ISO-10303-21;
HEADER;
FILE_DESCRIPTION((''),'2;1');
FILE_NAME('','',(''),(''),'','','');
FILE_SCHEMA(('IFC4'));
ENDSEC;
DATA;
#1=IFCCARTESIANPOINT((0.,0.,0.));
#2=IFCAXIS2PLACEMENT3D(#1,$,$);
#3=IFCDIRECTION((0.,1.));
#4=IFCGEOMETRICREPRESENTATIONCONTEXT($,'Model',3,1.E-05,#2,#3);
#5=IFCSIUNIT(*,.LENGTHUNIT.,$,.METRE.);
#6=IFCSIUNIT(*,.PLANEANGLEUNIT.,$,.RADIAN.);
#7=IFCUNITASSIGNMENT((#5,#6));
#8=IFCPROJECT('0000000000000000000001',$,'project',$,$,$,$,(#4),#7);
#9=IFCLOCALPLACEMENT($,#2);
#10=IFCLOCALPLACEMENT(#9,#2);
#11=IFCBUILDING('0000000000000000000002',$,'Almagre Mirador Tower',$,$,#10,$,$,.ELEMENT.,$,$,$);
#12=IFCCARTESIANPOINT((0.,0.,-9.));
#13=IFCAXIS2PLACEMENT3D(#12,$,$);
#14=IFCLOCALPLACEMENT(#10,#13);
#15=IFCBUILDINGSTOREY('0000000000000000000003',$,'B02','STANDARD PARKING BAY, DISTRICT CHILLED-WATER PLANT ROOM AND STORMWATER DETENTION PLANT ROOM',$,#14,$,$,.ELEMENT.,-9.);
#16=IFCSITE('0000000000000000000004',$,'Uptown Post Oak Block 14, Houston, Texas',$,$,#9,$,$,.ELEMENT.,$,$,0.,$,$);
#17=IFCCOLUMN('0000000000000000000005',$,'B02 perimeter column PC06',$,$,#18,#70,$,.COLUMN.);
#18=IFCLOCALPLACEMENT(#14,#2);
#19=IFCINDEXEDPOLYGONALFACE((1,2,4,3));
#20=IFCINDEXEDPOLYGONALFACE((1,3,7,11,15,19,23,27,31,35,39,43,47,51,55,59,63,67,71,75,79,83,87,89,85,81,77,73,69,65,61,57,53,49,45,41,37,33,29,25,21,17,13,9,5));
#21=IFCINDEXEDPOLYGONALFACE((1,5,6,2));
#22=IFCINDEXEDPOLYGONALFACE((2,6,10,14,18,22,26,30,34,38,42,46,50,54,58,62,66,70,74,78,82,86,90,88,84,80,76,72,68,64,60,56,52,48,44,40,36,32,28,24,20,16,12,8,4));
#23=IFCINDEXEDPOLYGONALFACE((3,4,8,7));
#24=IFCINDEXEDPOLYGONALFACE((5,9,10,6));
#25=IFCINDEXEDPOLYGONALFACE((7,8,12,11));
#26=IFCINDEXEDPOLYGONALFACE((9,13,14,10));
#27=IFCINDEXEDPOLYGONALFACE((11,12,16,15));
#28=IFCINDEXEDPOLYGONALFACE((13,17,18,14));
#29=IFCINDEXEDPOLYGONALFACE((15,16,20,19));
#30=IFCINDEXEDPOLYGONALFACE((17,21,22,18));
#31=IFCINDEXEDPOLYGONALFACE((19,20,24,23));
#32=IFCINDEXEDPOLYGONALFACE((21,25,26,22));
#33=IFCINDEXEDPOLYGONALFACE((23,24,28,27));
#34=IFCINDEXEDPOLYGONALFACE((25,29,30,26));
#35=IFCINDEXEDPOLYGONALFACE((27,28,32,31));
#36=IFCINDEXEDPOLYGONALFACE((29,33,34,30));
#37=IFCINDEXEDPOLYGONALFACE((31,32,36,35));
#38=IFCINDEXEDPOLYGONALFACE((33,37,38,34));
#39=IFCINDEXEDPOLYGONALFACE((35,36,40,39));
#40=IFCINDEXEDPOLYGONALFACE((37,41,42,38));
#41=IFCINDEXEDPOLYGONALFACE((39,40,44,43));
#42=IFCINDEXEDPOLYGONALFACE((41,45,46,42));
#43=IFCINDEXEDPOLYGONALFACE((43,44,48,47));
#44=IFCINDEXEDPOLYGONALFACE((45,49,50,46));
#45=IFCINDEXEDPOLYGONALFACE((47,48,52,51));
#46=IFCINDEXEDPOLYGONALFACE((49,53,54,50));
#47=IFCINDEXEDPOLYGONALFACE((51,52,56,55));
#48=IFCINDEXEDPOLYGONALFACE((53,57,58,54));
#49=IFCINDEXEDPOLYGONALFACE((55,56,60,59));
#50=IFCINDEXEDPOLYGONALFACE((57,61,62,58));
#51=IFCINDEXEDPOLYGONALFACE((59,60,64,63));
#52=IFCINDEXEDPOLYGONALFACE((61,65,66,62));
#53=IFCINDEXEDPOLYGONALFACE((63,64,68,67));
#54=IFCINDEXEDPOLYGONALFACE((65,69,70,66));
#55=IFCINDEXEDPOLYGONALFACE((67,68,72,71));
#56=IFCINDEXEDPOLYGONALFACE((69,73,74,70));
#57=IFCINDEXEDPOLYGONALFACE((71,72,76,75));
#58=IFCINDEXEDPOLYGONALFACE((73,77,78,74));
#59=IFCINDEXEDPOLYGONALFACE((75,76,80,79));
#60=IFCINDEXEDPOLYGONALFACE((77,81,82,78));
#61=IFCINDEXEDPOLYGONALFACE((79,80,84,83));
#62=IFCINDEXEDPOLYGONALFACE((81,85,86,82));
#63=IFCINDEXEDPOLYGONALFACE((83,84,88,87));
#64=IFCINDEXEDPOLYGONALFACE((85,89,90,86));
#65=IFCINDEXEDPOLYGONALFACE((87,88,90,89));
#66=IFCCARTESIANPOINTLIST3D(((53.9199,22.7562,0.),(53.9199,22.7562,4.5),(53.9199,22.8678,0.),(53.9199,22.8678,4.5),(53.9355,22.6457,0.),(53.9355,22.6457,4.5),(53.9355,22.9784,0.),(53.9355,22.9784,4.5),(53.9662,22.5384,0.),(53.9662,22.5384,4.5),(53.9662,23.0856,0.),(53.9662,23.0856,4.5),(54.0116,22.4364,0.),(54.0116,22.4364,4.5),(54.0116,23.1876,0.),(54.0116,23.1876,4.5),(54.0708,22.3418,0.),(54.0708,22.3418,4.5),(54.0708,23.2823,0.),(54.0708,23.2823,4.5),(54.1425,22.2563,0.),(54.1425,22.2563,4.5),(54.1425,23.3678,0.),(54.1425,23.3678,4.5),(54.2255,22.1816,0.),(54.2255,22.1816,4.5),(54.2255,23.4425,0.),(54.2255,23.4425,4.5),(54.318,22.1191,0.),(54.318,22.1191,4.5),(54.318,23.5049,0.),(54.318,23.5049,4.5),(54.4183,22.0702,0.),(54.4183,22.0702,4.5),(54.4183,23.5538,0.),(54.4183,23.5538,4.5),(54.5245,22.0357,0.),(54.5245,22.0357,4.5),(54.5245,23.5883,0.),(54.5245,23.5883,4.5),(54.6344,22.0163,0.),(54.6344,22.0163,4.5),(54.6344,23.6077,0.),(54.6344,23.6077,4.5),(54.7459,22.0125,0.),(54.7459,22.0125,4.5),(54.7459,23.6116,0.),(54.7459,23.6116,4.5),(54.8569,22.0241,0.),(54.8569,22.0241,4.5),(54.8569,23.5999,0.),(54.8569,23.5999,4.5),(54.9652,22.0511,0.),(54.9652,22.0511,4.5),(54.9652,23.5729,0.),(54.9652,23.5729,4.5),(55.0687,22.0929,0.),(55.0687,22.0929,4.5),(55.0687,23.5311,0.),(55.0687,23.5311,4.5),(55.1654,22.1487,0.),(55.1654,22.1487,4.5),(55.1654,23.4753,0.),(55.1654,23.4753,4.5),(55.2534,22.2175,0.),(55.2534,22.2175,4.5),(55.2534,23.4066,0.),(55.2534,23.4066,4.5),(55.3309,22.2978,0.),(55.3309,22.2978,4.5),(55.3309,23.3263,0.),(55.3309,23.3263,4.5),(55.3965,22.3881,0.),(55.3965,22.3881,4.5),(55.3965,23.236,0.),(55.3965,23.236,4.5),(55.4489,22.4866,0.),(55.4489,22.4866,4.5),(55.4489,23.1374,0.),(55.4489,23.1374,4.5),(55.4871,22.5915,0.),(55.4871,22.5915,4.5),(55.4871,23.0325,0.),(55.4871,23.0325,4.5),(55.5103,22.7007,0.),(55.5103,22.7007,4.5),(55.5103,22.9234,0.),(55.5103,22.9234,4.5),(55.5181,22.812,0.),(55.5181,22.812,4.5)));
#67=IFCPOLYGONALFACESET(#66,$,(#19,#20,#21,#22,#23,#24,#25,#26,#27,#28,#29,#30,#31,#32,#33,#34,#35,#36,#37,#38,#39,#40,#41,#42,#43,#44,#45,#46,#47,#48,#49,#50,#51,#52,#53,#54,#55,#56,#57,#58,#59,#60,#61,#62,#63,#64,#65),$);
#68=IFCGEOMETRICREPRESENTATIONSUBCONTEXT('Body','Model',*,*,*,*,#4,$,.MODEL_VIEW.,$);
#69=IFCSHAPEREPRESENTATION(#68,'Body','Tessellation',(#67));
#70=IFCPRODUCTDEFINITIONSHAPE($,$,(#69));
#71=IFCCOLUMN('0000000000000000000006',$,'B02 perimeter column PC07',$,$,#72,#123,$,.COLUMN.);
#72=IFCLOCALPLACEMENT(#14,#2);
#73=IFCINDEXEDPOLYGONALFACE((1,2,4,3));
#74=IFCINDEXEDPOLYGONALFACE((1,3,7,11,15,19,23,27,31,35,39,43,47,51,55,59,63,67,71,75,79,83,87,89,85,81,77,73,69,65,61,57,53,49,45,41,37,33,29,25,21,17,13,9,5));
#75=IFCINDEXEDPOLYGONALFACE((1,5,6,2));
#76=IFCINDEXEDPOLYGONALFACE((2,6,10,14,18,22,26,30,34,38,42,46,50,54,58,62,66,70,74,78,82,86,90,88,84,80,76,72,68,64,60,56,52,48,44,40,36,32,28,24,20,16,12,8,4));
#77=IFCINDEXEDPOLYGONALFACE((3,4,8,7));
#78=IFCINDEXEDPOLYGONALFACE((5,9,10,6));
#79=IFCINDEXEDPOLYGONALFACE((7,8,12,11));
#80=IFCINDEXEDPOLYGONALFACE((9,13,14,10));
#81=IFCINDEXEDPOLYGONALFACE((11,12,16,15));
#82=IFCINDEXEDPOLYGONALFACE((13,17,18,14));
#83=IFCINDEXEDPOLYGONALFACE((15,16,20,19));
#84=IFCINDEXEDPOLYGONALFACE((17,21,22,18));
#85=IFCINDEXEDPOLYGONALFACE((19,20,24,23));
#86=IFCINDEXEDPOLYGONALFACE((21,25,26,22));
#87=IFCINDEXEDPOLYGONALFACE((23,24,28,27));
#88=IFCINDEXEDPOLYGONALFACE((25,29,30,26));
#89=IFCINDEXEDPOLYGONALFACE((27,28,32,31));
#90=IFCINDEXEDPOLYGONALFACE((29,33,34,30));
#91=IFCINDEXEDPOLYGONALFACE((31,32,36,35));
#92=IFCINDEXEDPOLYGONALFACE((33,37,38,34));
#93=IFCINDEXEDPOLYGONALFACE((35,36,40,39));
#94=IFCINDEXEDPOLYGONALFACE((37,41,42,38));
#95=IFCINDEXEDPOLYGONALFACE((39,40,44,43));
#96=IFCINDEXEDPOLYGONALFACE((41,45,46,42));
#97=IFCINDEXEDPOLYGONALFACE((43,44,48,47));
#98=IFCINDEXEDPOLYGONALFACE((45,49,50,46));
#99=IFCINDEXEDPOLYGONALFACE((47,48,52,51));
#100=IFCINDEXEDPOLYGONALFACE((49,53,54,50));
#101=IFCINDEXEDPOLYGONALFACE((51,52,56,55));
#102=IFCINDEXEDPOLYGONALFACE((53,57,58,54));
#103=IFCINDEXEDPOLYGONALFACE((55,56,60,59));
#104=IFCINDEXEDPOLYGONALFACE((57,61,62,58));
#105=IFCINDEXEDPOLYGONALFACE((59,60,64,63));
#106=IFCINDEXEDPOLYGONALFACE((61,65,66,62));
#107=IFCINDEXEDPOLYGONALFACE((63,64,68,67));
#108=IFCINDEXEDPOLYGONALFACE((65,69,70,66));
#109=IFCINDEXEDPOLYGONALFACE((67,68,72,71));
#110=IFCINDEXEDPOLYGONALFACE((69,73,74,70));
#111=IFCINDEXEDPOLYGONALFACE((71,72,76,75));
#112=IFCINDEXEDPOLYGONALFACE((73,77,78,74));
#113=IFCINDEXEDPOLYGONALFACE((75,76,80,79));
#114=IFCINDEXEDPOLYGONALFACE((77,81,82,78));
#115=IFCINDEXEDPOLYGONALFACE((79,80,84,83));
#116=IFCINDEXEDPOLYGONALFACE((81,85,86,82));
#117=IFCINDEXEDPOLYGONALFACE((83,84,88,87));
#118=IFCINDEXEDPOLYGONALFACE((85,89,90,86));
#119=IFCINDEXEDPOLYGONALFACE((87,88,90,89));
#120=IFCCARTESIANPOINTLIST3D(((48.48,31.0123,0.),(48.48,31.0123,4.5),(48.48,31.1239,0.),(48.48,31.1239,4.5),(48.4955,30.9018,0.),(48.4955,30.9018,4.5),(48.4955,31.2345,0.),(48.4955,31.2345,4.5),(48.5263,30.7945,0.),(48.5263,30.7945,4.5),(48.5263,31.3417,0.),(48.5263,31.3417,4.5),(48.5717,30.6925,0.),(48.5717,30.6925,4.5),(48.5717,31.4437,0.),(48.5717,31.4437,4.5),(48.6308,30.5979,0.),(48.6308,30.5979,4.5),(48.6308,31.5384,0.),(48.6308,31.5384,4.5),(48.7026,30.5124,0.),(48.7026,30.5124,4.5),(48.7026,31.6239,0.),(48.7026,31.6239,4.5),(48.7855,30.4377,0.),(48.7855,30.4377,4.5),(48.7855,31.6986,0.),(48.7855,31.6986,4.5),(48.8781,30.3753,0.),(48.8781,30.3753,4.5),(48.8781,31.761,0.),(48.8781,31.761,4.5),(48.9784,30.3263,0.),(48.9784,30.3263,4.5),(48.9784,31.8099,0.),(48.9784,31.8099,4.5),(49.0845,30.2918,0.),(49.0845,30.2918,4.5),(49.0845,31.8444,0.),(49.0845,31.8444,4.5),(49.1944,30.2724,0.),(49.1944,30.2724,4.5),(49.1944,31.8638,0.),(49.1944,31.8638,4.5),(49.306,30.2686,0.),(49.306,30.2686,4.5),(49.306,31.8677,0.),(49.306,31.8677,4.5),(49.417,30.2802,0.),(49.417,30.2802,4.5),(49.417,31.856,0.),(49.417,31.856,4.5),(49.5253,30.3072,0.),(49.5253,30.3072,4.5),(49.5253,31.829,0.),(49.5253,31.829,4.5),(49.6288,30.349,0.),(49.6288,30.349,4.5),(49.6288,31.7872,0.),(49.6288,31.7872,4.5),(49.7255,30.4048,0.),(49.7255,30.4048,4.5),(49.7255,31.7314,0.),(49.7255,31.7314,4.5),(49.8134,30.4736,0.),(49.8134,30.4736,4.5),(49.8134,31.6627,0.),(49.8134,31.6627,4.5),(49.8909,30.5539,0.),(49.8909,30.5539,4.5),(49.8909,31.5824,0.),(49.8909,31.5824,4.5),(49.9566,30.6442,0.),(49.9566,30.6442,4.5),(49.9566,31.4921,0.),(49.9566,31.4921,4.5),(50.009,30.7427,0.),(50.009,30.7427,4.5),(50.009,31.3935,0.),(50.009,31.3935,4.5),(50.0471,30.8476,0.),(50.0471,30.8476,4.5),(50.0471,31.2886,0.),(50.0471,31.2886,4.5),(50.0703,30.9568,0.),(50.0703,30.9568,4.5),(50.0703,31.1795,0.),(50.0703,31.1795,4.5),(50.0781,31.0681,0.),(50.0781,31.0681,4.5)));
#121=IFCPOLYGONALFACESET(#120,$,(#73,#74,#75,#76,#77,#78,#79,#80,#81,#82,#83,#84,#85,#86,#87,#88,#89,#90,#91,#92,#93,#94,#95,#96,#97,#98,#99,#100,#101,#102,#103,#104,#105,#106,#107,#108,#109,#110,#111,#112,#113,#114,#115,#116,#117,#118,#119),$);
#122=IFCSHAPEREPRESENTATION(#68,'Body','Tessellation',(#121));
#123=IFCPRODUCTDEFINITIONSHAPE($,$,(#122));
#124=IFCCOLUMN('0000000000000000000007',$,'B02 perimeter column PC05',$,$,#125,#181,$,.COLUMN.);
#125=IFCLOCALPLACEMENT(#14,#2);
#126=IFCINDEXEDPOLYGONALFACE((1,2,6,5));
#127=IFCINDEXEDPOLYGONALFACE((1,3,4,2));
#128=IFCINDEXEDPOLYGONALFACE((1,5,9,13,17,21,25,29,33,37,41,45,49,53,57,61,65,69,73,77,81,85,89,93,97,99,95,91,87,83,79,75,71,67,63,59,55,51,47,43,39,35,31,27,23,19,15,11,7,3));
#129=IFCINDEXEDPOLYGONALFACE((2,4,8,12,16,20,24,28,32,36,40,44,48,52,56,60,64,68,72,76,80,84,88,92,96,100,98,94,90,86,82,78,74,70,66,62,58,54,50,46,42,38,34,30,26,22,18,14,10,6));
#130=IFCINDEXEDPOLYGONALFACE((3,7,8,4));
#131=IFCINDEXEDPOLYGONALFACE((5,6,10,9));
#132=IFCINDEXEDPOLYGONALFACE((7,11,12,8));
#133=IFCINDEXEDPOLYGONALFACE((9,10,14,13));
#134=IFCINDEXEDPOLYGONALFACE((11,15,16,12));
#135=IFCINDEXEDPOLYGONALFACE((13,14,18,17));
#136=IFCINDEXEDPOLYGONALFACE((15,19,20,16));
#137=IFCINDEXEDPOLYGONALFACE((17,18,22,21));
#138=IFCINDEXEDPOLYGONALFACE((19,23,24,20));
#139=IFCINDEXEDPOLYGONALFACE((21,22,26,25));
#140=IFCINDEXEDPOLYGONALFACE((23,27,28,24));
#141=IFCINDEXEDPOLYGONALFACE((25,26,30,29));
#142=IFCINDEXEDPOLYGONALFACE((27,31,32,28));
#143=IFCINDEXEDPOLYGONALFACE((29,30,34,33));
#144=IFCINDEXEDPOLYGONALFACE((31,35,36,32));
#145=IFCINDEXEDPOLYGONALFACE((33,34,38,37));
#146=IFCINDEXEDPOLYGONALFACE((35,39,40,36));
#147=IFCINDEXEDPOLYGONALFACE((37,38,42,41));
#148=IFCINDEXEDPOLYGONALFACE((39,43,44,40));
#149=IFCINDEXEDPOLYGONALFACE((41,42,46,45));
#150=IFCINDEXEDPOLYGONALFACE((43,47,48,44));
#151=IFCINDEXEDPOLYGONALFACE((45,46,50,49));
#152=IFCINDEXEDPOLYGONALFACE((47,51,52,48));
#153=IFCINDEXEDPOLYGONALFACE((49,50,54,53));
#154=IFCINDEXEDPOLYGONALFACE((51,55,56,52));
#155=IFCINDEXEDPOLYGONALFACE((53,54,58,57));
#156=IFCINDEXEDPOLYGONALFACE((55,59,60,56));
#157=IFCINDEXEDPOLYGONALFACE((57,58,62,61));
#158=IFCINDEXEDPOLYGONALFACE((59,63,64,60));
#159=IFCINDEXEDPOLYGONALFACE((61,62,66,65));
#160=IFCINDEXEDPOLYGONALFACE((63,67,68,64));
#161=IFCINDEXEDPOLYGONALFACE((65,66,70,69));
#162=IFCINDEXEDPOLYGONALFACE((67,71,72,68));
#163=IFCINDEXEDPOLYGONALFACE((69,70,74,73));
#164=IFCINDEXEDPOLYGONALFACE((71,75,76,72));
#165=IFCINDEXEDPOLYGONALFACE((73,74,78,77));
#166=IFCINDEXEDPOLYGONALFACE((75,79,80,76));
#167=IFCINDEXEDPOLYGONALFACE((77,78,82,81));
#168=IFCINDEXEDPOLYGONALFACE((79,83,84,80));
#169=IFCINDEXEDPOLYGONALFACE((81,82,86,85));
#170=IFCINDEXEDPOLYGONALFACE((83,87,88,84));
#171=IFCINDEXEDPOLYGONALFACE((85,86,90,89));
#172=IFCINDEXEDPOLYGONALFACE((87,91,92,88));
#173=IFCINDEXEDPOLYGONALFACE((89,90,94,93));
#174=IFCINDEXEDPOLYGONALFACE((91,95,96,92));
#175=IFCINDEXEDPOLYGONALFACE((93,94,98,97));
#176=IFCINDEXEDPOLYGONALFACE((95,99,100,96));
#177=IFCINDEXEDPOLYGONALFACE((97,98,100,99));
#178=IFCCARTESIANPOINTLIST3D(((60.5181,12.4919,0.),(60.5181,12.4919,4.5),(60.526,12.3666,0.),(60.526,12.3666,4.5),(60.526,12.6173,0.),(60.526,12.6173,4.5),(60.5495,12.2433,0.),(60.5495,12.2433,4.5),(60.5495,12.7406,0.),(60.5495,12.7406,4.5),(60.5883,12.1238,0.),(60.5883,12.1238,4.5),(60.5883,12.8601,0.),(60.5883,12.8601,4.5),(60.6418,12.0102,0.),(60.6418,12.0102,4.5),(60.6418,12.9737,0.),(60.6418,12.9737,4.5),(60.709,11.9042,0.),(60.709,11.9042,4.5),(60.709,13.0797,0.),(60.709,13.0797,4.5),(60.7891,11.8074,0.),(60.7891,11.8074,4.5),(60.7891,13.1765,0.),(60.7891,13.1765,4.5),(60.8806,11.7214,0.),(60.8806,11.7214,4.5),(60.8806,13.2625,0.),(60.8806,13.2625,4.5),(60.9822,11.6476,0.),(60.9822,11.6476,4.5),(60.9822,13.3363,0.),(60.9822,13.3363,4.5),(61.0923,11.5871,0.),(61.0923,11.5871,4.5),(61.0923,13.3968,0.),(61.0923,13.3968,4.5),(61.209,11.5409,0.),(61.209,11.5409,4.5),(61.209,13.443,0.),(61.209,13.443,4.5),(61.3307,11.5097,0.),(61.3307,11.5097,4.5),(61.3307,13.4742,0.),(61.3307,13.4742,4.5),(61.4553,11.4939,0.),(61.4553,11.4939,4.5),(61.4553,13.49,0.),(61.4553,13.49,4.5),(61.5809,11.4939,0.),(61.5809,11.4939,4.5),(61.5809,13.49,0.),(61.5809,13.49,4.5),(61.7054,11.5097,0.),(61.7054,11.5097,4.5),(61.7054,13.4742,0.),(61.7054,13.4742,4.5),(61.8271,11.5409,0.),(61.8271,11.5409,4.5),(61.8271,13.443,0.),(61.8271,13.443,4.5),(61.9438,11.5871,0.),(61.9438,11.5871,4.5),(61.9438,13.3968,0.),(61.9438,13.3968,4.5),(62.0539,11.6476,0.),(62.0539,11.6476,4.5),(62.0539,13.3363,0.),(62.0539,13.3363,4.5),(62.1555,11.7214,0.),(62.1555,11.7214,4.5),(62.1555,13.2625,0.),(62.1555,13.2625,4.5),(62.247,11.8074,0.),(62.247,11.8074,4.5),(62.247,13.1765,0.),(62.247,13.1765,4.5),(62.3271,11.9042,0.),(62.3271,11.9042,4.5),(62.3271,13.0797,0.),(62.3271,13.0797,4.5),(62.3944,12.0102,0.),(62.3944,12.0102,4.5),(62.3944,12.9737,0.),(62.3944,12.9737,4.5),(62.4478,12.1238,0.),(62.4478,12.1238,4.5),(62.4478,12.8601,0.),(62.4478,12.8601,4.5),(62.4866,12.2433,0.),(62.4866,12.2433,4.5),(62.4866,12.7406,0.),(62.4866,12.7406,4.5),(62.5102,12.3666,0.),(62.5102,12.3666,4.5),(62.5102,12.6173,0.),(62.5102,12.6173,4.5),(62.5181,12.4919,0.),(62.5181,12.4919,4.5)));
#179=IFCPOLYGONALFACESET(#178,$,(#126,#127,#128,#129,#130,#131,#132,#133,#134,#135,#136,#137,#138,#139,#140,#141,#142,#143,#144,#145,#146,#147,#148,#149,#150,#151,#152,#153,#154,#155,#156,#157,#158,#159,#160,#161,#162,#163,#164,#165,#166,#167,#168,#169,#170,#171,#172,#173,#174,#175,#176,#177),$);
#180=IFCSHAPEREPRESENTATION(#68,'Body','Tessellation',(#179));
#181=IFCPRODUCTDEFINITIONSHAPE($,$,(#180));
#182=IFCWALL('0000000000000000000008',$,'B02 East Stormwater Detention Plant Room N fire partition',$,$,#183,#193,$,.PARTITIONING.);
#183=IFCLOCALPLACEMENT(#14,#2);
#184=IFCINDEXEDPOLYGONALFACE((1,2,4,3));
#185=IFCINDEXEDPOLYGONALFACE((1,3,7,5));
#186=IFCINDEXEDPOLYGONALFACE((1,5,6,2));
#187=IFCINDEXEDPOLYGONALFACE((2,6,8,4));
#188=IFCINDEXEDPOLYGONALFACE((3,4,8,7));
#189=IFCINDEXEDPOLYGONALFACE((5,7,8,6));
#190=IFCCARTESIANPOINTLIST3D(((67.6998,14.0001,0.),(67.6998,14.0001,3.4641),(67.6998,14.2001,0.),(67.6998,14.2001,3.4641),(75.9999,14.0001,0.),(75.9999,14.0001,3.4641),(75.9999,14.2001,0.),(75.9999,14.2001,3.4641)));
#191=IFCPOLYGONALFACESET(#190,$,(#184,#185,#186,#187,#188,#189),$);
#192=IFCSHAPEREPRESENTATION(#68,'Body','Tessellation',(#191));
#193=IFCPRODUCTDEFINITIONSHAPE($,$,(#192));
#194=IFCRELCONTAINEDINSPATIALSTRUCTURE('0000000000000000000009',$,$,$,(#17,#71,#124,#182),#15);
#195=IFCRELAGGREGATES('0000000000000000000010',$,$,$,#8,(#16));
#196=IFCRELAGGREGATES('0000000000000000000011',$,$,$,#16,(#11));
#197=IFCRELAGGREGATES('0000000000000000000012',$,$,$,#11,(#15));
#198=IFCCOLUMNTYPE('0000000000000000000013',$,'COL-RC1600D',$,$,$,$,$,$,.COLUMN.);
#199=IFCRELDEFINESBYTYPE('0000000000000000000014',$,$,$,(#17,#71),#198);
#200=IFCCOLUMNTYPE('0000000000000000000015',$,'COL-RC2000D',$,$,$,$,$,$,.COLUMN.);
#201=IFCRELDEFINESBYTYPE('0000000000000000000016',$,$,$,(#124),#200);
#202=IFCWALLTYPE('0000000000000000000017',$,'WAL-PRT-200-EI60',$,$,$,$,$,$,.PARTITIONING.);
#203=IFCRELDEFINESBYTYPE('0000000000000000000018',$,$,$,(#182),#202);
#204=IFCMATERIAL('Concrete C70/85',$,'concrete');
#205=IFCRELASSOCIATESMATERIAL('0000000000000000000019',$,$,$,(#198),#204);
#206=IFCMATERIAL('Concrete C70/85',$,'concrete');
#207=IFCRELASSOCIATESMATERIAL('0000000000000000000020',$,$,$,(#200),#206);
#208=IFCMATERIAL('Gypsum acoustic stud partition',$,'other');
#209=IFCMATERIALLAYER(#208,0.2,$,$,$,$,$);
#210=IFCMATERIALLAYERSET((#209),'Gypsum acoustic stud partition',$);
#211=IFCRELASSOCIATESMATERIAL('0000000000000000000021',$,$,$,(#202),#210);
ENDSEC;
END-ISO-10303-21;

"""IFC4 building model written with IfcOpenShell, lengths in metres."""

from ifc_helpers import new_model, si_unit, direction, frame, frame_2d, origin, origin_2d, place, context, subcontext, project, spatial, rectangle, circle, extrude, material, layer, layer_set, material_profile, profile_set, type_object, element, save


model = new_model("IFC4")

# Units and contexts
model_context = context("Model", 3, precision=1e-05, world=origin(), true_north=direction((0.0, 1.0)))
body_context = subcontext(model_context, "Body", "Model", "MODEL_VIEW")
ifc_project = project(units=[si_unit("LENGTHUNIT", "METRE"), si_unit("PLANEANGLEUNIT", "RADIAN")], contexts=[model_context])

# Site, building, storey
site_placement = place(None, origin())
site = spatial("IfcSite", under=ifc_project, at=site_placement, Name="Uptown Post Oak Block 14, Houston, Texas", CompositionType="ELEMENT", RefElevation=0.0)
building_placement = place(site_placement, origin())
building = spatial("IfcBuilding", under=site, at=building_placement, Name="Almagre Mirador Tower", CompositionType="ELEMENT")
storey_placement = place(building_placement, frame((0.0, 0.0, -9.0)))
storey = spatial("IfcBuildingStorey", under=building, at=storey_placement, Name="B02", Description="STANDARD PARKING BAY, DISTRICT CHILLED-WATER PLANT ROOM AND STORMWATER DETENTION PLANT ROOM", CompositionType="ELEMENT", Elevation=-9.0)

# Columns
ifc_material_1 = material(Name="Concrete C70/85", Category="concrete")
ifc_material_profile_1 = material_profile(ifc_material_1, circle(Radius=0.8, at=origin_2d()), Name="RC1600D")
ifc_profile_set_1 = profile_set([ifc_material_profile_1], Name="Concrete C70/85")
column_type_1 = type_object("IfcColumnType", Name="COL-RC1600D", PredefinedType="COLUMN", material=ifc_profile_set_1)
for number, where, z_axis, x_axis, name in (
    (1, (54.718, 22.812, 0.0), (0.0, 0.0, 1.0), (1.0, 0.0, 0.0), "B02 perimeter column PC06"),
    (2, (49.2781, 31.0681, 0.0), (0.0, 0.0, 1.0), (1.0, 0.0, 0.0), "B02 perimeter column PC07"),
):
    element("IfcColumn", number, at=place(storey_placement, frame(where, z_axis=z_axis, x_axis=x_axis)), inside=storey, type_object=column_type_1, Name=name, PredefinedType="COLUMN", context=body_context, shape_type="SweptSolid", body=[
        extrude(circle(Radius=0.8, at=origin_2d()), origin(), (0.0, 0.0, 1.0), 4.5),
    ])
ifc_material_2 = material(Name="Concrete C70/85", Category="concrete")
ifc_material_profile_2 = material_profile(ifc_material_2, circle(Radius=1.0, at=origin_2d()), Name="RC2000D")
ifc_profile_set_2 = profile_set([ifc_material_profile_2], Name="Concrete C70/85")
column_type_2 = type_object("IfcColumnType", Name="COL-RC2000D", PredefinedType="COLUMN", material=ifc_profile_set_2)
column_1_placement = place(storey_placement, frame((61.5181, 12.4919, 0.0), z_axis=(0.0, 0.0, 1.0), x_axis=(1.0, 0.0, 0.0)))
element("IfcColumn", 3, at=column_1_placement, inside=storey, type_object=column_type_2, Name="B02 perimeter column PC05", PredefinedType="COLUMN", context=body_context, shape_type="SweptSolid", body=[
    extrude(circle(Radius=1.0, at=origin_2d()), origin(), (0.0, 0.0, 1.0), 4.5),
])

# Wall
ifc_material_3 = material(Name="Gypsum acoustic stud partition", Category="other")
ifc_layer_1 = layer(ifc_material_3, 0.2)
ifc_layer_set_1 = layer_set([ifc_layer_1], Name="Gypsum acoustic stud partition")
wall_type_1 = type_object("IfcWallType", Name="WAL-PRT-200-EI60", PredefinedType="PARTITIONING", material=ifc_layer_set_1)
wall_1_placement = place(storey_placement, frame((67.7, 14.1001, 0.0), z_axis=(0.0, 0.0, 1.0), x_axis=(1.0, 0.0, 0.0)))
element("IfcWall", 4, at=wall_1_placement, inside=storey, type_object=wall_type_1, Name="B02 East Stormwater Detention Plant Room N fire partition", PredefinedType="PARTITIONING", context=body_context, shape_type="SweptSolid", body=[
    extrude(rectangle(XDim=8.3, YDim=0.2, at=frame_2d((4.1499, 0.0))), origin(), (0.0, 0.0, 1.0), 3.4641),
])

save(model, "model.ifc")
